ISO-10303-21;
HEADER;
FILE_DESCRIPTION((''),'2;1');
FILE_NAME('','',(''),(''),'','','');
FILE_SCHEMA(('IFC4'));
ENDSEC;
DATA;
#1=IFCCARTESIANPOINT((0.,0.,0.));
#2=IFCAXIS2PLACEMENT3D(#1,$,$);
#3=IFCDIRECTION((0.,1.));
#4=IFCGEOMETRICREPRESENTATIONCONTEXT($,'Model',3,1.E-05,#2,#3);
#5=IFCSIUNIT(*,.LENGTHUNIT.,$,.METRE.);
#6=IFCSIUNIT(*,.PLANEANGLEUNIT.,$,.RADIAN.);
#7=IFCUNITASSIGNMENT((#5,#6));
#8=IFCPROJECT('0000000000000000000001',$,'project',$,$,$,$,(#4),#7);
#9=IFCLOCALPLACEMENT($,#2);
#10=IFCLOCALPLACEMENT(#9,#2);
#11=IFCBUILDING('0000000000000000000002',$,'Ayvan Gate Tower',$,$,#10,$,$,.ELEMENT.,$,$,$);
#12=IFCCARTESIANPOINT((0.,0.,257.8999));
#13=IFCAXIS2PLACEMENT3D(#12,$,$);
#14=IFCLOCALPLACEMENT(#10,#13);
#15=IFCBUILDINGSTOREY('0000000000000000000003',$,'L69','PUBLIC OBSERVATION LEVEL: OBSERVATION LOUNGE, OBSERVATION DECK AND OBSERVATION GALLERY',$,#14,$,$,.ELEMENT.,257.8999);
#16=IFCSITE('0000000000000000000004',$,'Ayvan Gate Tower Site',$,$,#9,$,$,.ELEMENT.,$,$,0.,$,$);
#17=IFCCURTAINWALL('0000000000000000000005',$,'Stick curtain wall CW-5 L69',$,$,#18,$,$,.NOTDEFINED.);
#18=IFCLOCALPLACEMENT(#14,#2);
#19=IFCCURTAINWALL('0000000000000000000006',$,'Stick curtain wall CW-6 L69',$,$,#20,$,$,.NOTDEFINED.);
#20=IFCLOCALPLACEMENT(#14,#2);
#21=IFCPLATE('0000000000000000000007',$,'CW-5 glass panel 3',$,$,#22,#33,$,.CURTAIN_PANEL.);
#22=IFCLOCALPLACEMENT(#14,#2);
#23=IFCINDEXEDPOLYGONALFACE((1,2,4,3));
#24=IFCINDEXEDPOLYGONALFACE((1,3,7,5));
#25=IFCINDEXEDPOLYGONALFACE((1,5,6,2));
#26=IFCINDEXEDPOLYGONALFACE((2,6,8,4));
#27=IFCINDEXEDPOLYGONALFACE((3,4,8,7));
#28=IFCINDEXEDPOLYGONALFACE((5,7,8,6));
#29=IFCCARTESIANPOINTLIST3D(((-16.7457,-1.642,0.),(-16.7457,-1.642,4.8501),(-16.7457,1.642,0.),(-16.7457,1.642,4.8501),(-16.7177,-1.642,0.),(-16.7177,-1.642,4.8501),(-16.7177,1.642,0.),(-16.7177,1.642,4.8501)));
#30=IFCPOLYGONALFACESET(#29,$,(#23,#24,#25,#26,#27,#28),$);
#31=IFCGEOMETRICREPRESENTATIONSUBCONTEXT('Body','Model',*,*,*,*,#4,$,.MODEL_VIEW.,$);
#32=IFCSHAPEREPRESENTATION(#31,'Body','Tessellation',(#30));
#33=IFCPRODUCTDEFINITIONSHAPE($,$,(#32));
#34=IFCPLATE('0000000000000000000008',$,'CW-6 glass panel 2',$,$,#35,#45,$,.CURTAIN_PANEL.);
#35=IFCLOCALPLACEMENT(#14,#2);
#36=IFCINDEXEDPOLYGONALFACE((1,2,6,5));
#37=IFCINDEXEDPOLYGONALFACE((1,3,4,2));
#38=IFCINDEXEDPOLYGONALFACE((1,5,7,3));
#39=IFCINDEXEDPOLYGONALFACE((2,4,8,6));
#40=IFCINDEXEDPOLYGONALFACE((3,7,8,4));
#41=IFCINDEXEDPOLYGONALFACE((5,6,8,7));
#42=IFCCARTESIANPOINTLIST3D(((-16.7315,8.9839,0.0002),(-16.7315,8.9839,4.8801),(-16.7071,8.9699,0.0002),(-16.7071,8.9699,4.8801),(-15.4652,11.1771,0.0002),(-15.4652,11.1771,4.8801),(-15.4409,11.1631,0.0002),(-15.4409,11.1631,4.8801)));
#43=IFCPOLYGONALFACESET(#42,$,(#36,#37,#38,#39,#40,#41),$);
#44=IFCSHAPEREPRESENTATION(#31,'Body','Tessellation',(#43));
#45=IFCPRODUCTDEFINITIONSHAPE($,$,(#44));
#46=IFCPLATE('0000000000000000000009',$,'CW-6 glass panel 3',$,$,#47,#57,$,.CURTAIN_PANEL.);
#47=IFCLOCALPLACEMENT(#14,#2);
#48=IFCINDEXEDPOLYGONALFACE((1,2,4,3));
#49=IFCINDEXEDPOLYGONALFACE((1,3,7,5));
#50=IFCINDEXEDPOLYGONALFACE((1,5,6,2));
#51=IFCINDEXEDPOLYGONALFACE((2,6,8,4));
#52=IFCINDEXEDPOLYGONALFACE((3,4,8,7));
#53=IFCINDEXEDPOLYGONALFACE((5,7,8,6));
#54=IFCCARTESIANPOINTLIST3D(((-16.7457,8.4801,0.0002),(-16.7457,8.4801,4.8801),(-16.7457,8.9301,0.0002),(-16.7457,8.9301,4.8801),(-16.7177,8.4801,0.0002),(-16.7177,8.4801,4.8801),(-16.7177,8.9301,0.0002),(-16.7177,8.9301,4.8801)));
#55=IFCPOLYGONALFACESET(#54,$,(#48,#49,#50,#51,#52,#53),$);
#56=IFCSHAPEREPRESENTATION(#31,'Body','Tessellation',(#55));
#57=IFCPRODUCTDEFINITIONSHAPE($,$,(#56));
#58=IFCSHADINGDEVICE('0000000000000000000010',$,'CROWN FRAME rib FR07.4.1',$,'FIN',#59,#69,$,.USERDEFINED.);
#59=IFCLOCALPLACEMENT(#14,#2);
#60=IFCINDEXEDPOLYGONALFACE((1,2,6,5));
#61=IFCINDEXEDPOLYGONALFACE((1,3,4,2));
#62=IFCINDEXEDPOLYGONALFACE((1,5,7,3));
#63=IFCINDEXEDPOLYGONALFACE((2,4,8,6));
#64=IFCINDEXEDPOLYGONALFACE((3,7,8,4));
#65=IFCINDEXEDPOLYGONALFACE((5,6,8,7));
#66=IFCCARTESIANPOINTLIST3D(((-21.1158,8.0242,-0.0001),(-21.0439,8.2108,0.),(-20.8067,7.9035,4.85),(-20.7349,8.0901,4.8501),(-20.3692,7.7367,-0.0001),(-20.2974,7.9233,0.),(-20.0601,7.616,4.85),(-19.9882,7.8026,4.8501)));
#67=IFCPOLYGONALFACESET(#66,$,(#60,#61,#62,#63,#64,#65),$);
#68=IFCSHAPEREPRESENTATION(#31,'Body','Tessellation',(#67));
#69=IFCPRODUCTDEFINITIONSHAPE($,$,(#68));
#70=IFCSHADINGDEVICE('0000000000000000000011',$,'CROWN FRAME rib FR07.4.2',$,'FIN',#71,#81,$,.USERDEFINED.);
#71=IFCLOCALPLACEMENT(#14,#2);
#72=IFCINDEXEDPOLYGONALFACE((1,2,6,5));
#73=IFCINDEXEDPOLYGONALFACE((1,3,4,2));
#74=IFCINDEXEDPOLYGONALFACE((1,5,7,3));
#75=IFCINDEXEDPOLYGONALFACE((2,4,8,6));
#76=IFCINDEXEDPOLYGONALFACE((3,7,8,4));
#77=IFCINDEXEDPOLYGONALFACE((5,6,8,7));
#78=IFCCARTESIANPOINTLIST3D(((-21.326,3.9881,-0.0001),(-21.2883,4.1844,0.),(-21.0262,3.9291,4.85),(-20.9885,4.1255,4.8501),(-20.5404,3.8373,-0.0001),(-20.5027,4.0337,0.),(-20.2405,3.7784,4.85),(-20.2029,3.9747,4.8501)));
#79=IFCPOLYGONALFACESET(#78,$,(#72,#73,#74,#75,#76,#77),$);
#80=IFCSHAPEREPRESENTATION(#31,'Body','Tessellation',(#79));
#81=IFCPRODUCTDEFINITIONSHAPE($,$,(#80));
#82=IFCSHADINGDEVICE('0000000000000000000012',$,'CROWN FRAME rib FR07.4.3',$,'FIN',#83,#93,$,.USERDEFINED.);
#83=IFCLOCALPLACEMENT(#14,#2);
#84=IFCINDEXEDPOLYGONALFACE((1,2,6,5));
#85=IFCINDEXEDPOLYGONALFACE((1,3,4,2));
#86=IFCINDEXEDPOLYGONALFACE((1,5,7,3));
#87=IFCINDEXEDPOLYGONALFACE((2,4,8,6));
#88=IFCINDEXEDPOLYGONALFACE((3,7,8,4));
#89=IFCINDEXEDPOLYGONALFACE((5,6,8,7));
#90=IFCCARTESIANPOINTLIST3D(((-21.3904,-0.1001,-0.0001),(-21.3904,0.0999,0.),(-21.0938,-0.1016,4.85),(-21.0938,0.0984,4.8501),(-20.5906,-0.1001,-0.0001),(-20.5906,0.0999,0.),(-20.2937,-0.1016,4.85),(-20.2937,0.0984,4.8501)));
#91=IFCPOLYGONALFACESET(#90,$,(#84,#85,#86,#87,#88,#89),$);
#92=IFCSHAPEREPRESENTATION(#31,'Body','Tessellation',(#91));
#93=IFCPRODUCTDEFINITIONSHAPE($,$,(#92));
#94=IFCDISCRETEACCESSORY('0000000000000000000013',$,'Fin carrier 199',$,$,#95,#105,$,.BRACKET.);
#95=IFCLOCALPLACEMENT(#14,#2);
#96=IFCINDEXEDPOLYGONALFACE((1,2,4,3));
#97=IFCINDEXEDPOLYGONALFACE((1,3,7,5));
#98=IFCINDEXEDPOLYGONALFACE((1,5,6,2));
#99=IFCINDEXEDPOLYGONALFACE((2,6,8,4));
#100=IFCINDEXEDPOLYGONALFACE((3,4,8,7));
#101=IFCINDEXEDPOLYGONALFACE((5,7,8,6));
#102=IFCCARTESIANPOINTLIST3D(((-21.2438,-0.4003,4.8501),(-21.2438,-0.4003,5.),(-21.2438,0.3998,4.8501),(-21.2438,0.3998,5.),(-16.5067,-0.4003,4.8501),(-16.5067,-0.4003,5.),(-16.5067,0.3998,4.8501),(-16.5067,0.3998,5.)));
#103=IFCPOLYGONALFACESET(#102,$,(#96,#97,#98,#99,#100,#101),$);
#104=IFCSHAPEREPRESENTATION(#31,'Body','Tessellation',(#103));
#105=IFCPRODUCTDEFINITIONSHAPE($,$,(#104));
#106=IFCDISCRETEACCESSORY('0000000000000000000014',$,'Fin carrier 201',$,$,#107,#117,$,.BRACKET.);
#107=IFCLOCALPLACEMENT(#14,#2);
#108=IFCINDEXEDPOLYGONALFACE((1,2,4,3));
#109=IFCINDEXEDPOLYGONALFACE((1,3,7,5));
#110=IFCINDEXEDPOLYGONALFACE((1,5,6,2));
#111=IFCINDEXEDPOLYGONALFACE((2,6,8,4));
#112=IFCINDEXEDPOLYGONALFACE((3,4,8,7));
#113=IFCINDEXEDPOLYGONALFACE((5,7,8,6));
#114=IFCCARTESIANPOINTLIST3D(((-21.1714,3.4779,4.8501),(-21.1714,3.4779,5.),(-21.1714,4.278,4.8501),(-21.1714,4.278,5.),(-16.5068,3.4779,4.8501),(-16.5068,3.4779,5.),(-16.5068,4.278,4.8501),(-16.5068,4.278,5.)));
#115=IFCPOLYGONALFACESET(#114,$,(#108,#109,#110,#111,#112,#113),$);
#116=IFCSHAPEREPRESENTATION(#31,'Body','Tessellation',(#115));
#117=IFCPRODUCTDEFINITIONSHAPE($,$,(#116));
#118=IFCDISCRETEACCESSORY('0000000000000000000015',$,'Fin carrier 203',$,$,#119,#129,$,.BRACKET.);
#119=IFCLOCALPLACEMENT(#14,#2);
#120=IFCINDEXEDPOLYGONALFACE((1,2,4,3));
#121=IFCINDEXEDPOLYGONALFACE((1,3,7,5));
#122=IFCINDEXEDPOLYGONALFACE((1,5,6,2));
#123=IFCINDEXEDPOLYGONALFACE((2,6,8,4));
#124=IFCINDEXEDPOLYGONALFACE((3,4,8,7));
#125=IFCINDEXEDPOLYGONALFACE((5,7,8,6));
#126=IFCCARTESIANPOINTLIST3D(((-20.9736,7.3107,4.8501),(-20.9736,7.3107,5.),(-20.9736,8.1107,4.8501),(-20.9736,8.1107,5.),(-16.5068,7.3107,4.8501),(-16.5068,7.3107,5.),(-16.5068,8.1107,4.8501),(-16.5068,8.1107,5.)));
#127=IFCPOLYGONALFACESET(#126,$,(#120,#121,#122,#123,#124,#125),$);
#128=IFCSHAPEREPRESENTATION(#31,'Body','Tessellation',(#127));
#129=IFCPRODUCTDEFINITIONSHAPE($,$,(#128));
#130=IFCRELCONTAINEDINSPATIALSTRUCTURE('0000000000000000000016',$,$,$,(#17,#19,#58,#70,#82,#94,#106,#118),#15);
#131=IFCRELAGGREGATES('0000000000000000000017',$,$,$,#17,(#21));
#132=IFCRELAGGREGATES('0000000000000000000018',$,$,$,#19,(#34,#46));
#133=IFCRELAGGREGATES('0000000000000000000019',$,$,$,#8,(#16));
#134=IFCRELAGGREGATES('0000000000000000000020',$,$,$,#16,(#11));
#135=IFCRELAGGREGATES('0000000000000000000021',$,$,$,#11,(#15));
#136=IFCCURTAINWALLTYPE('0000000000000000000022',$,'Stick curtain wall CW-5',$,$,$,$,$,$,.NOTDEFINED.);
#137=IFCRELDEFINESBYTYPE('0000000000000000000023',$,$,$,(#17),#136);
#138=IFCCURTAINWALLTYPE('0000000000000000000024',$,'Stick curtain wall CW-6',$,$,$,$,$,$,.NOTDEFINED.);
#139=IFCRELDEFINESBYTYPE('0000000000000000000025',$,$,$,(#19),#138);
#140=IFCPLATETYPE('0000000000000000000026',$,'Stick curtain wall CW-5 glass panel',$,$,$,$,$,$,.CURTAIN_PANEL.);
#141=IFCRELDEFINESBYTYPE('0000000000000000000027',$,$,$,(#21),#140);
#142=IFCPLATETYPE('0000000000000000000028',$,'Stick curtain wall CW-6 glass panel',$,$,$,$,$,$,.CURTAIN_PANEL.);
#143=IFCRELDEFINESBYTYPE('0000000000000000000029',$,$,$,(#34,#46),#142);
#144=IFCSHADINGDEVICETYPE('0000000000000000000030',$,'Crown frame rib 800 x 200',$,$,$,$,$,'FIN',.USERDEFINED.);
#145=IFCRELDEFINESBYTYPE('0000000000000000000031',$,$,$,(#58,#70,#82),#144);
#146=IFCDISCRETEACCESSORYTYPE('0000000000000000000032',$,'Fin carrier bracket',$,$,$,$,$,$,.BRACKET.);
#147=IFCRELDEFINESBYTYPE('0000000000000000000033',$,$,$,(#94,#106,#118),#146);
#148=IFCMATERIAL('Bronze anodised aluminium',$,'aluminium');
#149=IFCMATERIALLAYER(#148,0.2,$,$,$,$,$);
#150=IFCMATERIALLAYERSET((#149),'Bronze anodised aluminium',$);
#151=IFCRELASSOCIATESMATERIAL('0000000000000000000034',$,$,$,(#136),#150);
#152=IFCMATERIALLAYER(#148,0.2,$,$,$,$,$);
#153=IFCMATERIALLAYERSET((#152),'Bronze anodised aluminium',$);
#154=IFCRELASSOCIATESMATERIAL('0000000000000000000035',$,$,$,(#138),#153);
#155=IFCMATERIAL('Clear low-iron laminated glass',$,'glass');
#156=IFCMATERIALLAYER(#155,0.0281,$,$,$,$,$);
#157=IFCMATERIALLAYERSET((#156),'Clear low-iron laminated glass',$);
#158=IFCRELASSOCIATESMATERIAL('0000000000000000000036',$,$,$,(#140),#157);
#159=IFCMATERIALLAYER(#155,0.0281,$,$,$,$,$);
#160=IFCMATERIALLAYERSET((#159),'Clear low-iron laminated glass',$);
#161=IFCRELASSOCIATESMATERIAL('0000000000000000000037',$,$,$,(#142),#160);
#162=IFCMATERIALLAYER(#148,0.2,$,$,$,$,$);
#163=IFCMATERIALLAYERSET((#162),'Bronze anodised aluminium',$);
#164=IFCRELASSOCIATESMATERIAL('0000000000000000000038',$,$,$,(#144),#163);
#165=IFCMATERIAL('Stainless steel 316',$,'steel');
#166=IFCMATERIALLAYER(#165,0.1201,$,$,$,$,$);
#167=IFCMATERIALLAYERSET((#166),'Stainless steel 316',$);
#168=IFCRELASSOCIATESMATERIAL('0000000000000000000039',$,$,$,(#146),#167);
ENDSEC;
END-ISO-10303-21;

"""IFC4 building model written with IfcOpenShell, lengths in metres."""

from ifc_helpers import new_model, si_unit, direction, frame, origin, origin_2d, place, context, subcontext, project, spatial, polyline, rectangle, outline, extrude, material, layer, layer_set, type_object, element, aggregate, save


model = new_model("IFC4")

# Units and contexts
model_context = context("Model", 3, precision=1e-05, world=origin(), true_north=direction((0.0, 1.0)))
body_context = subcontext(model_context, "Body", "Model", "MODEL_VIEW")
ifc_project = project(units=[si_unit("LENGTHUNIT", "METRE"), si_unit("PLANEANGLEUNIT", "RADIAN")], contexts=[model_context])

# Site, building, storey
site_placement = place(None, origin())
site = spatial("IfcSite", under=ifc_project, at=site_placement, Name="Ayvan Gate Tower Site", CompositionType="ELEMENT", RefElevation=0.0)
building_placement = place(site_placement, origin())
building = spatial("IfcBuilding", under=site, at=building_placement, Name="Ayvan Gate Tower", CompositionType="ELEMENT")
storey_placement = place(building_placement, frame((0.0, 0.0, 257.8999)))
storey = spatial("IfcBuildingStorey", under=building, at=storey_placement, Name="L69", Description="PUBLIC OBSERVATION LEVEL: OBSERVATION LOUNGE, OBSERVATION DECK AND OBSERVATION GALLERY", CompositionType="ELEMENT", Elevation=257.8999)

# Curtain walls
ifc_material_1 = material(Name="Bronze anodised aluminium", Category="aluminium")
ifc_layer_1 = layer(ifc_material_1, 0.2)
ifc_layer_set_1 = layer_set([ifc_layer_1], Name="Bronze anodised aluminium")
curtain_wall_type_1 = type_object("IfcCurtainWallType", Name="Stick curtain wall CW-5", PredefinedType="NOTDEFINED", material=ifc_layer_set_1)
curtain_wall_1_placement = place(storey_placement, origin())
curtain_wall_1 = element("IfcCurtainWall", 1, at=curtain_wall_1_placement, inside=storey, type_object=curtain_wall_type_1, Name="Stick curtain wall CW-5 L69", PredefinedType="NOTDEFINED")
ifc_layer_2 = layer(ifc_material_1, 0.2)
ifc_layer_set_2 = layer_set([ifc_layer_2], Name="Bronze anodised aluminium")
curtain_wall_type_2 = type_object("IfcCurtainWallType", Name="Stick curtain wall CW-6", PredefinedType="NOTDEFINED", material=ifc_layer_set_2)
curtain_wall_2_placement = place(storey_placement, origin())
curtain_wall_2 = element("IfcCurtainWall", 2, at=curtain_wall_2_placement, inside=storey, type_object=curtain_wall_type_2, Name="Stick curtain wall CW-6 L69", PredefinedType="NOTDEFINED")

# Plates
ifc_material_2 = material(Name="Clear low-iron laminated glass", Category="glass")
ifc_layer_3 = layer(ifc_material_2, 0.0281)
ifc_layer_set_3 = layer_set([ifc_layer_3], Name="Clear low-iron laminated glass")
plate_type_1 = type_object("IfcPlateType", Name="Stick curtain wall CW-5 glass panel", PredefinedType="CURTAIN_PANEL", material=ifc_layer_set_3)
plate_1_placement = place(storey_placement, frame((-16.7317, 0.0, 0.0), z_axis=(0.0, 0.0, 1.0), x_axis=(0.0, -1.0, 0.0)))
plate_1 = element("IfcPlate", 3, at=plate_1_placement, type_object=plate_type_1, Name="CW-5 glass panel 3", PredefinedType="CURTAIN_PANEL", context=body_context, shape_type="SweptSolid", body=[
    extrude(rectangle(XDim=3.2839, YDim=0.0281, at=origin_2d()), origin(), (0.0, 0.0, 1.0), 4.8501),
])
aggregate(curtain_wall_1, [plate_1])
ifc_layer_4 = layer(ifc_material_2, 0.0281)
ifc_layer_set_4 = layer_set([ifc_layer_4], Name="Clear low-iron laminated glass")
plate_type_2 = type_object("IfcPlateType", Name="Stick curtain wall CW-6 glass panel", PredefinedType="CURTAIN_PANEL", material=ifc_layer_set_4)
plate_2_placement = place(storey_placement, frame((-16.0862, 10.0735, 0.0002), z_axis=(0.0, 0.0, 1.0), x_axis=(-0.5, -0.866025, 0.0)))
plate_2 = element("IfcPlate", 4, at=plate_2_placement, type_object=plate_type_2, Name="CW-6 glass panel 2", PredefinedType="CURTAIN_PANEL", context=body_context, shape_type="SweptSolid", body=[
    extrude(rectangle(XDim=2.5325, YDim=0.0281, at=origin_2d()), origin(), (0.0, 0.0, 1.0), 4.8799),
])
plate_3_placement = place(storey_placement, frame((-16.7317, 8.7051, 0.0002), z_axis=(0.0, 0.0, 1.0), x_axis=(0.0, -1.0, 0.0)))
plate_3 = element("IfcPlate", 5, at=plate_3_placement, type_object=plate_type_2, Name="CW-6 glass panel 3", PredefinedType="CURTAIN_PANEL", context=body_context, shape_type="SweptSolid", body=[
    extrude(rectangle(XDim=0.45, YDim=0.0281, at=origin_2d()), origin(), (0.0, 0.0, 1.0), 4.8799),
])
aggregate(curtain_wall_2, [plate_2, plate_3])

# Shading devices
ifc_layer_5 = layer(ifc_material_1, 0.2)
ifc_layer_set_5 = layer_set([ifc_layer_5], Name="Bronze anodised aluminium")
shading_device_type = type_object("IfcShadingDeviceType", Name="Crown frame rib 800 x 200", ElementType="FIN", PredefinedType="USERDEFINED", material=ifc_layer_set_5)
shading_device_1_placement = place(storey_placement, frame((-20.2974, 7.9233, 0.0), z_axis=(0.359337, 0.933208, 0.00033), x_axis=(-0.933208, 0.359337, 0.0)))
element("IfcShadingDevice", 6, at=shading_device_1_placement, inside=storey, type_object=shading_device_type, Name="CROWN FRAME rib FR07.4.1", ObjectType="FIN", PredefinedType="USERDEFINED", context=body_context, shape_type="SweptSolid", body=[
    extrude(outline(polyline([(0.0, 0.0), (0.8, 0.0), (0.4682, 4.8501), (-0.3319, 4.8501), (0.0, 0.0)])), origin(), (0.0, 0.0, -1.0), 0.2),
])
shading_device_2_placement = place(storey_placement, frame((-20.5027, 4.0337, 0.0), z_axis=(0.188451, 0.982083, 0.00029), x_axis=(-0.982083, 0.188451, 0.0)))
element("IfcShadingDevice", 7, at=shading_device_2_placement, inside=storey, type_object=shading_device_type, Name="CROWN FRAME rib FR07.4.2", ObjectType="FIN", PredefinedType="USERDEFINED", context=body_context, shape_type="SweptSolid", body=[
    extrude(outline(polyline([(0.0, 0.0), (0.8, 0.0), (0.4944, 4.8501), (-0.3056, 4.8501), (0.0, 0.0)])), origin(), (0.0, 0.0, -1.0), 0.2),
])
shading_device_3_placement = place(storey_placement, frame((-20.5906, 0.0999, 0.0), z_axis=(0.0, 1.0, 0.000302), x_axis=(-1.0, 0.0, 0.0)))
element("IfcShadingDevice", 8, at=shading_device_3_placement, inside=storey, type_object=shading_device_type, Name="CROWN FRAME rib FR07.4.3", ObjectType="FIN", PredefinedType="USERDEFINED", context=body_context, shape_type="SweptSolid", body=[
    extrude(outline(polyline([(0.0, 0.0), (0.7998, 0.0), (0.5032, 4.8501), (-0.2969, 4.8501), (0.0, 0.0)])), origin(), (0.0, 0.0, -1.0), 0.2),
])

# Discrete accessories
ifc_material_3 = material(Name="Stainless steel 316", Category="steel")
ifc_layer_6 = layer(ifc_material_3, 0.1201)
ifc_layer_set_6 = layer_set([ifc_layer_6], Name="Stainless steel 316")
discrete_accessory_type = type_object("IfcDiscreteAccessoryType", Name="Fin carrier bracket", PredefinedType="BRACKET", material=ifc_layer_set_6)
discrete_accessory_1_placement = place(storey_placement, frame((-18.8752, -0.0002, 4.8501), z_axis=(0.0, 0.0, 1.0), x_axis=(0.0, -1.0, 0.0)))
element("IfcDiscreteAccessory", 9, at=discrete_accessory_1_placement, inside=storey, type_object=discrete_accessory_type, Name="Fin carrier 199", PredefinedType="BRACKET", context=body_context, shape_type="SweptSolid", body=[
    extrude(rectangle(XDim=0.8, YDim=4.7371, at=origin_2d()), origin(), (0.0, 0.0, 1.0), 0.1499),
])
discrete_accessory_2_placement = place(storey_placement, frame((-18.8391, 3.8779, 4.8501), z_axis=(0.0, 0.0, 1.0), x_axis=(0.0, -1.0, 0.0)))
element("IfcDiscreteAccessory", 10, at=discrete_accessory_2_placement, inside=storey, type_object=discrete_accessory_type, Name="Fin carrier 201", PredefinedType="BRACKET", context=body_context, shape_type="SweptSolid", body=[
    extrude(rectangle(XDim=0.8, YDim=4.6646, at=origin_2d()), origin(), (0.0, 0.0, 1.0), 0.1499),
])
discrete_accessory_3_placement = place(storey_placement, frame((-18.7402, 7.7107, 4.8501), z_axis=(0.0, 0.0, 1.0), x_axis=(0.0, -1.0, 0.0)))
element("IfcDiscreteAccessory", 11, at=discrete_accessory_3_placement, inside=storey, type_object=discrete_accessory_type, Name="Fin carrier 203", PredefinedType="BRACKET", context=body_context, shape_type="SweptSolid", body=[
    extrude(rectangle(XDim=0.8, YDim=4.4668, at=origin_2d()), origin(), (0.0, 0.0, 1.0), 0.1499),
])

save(model, "model.ifc")
